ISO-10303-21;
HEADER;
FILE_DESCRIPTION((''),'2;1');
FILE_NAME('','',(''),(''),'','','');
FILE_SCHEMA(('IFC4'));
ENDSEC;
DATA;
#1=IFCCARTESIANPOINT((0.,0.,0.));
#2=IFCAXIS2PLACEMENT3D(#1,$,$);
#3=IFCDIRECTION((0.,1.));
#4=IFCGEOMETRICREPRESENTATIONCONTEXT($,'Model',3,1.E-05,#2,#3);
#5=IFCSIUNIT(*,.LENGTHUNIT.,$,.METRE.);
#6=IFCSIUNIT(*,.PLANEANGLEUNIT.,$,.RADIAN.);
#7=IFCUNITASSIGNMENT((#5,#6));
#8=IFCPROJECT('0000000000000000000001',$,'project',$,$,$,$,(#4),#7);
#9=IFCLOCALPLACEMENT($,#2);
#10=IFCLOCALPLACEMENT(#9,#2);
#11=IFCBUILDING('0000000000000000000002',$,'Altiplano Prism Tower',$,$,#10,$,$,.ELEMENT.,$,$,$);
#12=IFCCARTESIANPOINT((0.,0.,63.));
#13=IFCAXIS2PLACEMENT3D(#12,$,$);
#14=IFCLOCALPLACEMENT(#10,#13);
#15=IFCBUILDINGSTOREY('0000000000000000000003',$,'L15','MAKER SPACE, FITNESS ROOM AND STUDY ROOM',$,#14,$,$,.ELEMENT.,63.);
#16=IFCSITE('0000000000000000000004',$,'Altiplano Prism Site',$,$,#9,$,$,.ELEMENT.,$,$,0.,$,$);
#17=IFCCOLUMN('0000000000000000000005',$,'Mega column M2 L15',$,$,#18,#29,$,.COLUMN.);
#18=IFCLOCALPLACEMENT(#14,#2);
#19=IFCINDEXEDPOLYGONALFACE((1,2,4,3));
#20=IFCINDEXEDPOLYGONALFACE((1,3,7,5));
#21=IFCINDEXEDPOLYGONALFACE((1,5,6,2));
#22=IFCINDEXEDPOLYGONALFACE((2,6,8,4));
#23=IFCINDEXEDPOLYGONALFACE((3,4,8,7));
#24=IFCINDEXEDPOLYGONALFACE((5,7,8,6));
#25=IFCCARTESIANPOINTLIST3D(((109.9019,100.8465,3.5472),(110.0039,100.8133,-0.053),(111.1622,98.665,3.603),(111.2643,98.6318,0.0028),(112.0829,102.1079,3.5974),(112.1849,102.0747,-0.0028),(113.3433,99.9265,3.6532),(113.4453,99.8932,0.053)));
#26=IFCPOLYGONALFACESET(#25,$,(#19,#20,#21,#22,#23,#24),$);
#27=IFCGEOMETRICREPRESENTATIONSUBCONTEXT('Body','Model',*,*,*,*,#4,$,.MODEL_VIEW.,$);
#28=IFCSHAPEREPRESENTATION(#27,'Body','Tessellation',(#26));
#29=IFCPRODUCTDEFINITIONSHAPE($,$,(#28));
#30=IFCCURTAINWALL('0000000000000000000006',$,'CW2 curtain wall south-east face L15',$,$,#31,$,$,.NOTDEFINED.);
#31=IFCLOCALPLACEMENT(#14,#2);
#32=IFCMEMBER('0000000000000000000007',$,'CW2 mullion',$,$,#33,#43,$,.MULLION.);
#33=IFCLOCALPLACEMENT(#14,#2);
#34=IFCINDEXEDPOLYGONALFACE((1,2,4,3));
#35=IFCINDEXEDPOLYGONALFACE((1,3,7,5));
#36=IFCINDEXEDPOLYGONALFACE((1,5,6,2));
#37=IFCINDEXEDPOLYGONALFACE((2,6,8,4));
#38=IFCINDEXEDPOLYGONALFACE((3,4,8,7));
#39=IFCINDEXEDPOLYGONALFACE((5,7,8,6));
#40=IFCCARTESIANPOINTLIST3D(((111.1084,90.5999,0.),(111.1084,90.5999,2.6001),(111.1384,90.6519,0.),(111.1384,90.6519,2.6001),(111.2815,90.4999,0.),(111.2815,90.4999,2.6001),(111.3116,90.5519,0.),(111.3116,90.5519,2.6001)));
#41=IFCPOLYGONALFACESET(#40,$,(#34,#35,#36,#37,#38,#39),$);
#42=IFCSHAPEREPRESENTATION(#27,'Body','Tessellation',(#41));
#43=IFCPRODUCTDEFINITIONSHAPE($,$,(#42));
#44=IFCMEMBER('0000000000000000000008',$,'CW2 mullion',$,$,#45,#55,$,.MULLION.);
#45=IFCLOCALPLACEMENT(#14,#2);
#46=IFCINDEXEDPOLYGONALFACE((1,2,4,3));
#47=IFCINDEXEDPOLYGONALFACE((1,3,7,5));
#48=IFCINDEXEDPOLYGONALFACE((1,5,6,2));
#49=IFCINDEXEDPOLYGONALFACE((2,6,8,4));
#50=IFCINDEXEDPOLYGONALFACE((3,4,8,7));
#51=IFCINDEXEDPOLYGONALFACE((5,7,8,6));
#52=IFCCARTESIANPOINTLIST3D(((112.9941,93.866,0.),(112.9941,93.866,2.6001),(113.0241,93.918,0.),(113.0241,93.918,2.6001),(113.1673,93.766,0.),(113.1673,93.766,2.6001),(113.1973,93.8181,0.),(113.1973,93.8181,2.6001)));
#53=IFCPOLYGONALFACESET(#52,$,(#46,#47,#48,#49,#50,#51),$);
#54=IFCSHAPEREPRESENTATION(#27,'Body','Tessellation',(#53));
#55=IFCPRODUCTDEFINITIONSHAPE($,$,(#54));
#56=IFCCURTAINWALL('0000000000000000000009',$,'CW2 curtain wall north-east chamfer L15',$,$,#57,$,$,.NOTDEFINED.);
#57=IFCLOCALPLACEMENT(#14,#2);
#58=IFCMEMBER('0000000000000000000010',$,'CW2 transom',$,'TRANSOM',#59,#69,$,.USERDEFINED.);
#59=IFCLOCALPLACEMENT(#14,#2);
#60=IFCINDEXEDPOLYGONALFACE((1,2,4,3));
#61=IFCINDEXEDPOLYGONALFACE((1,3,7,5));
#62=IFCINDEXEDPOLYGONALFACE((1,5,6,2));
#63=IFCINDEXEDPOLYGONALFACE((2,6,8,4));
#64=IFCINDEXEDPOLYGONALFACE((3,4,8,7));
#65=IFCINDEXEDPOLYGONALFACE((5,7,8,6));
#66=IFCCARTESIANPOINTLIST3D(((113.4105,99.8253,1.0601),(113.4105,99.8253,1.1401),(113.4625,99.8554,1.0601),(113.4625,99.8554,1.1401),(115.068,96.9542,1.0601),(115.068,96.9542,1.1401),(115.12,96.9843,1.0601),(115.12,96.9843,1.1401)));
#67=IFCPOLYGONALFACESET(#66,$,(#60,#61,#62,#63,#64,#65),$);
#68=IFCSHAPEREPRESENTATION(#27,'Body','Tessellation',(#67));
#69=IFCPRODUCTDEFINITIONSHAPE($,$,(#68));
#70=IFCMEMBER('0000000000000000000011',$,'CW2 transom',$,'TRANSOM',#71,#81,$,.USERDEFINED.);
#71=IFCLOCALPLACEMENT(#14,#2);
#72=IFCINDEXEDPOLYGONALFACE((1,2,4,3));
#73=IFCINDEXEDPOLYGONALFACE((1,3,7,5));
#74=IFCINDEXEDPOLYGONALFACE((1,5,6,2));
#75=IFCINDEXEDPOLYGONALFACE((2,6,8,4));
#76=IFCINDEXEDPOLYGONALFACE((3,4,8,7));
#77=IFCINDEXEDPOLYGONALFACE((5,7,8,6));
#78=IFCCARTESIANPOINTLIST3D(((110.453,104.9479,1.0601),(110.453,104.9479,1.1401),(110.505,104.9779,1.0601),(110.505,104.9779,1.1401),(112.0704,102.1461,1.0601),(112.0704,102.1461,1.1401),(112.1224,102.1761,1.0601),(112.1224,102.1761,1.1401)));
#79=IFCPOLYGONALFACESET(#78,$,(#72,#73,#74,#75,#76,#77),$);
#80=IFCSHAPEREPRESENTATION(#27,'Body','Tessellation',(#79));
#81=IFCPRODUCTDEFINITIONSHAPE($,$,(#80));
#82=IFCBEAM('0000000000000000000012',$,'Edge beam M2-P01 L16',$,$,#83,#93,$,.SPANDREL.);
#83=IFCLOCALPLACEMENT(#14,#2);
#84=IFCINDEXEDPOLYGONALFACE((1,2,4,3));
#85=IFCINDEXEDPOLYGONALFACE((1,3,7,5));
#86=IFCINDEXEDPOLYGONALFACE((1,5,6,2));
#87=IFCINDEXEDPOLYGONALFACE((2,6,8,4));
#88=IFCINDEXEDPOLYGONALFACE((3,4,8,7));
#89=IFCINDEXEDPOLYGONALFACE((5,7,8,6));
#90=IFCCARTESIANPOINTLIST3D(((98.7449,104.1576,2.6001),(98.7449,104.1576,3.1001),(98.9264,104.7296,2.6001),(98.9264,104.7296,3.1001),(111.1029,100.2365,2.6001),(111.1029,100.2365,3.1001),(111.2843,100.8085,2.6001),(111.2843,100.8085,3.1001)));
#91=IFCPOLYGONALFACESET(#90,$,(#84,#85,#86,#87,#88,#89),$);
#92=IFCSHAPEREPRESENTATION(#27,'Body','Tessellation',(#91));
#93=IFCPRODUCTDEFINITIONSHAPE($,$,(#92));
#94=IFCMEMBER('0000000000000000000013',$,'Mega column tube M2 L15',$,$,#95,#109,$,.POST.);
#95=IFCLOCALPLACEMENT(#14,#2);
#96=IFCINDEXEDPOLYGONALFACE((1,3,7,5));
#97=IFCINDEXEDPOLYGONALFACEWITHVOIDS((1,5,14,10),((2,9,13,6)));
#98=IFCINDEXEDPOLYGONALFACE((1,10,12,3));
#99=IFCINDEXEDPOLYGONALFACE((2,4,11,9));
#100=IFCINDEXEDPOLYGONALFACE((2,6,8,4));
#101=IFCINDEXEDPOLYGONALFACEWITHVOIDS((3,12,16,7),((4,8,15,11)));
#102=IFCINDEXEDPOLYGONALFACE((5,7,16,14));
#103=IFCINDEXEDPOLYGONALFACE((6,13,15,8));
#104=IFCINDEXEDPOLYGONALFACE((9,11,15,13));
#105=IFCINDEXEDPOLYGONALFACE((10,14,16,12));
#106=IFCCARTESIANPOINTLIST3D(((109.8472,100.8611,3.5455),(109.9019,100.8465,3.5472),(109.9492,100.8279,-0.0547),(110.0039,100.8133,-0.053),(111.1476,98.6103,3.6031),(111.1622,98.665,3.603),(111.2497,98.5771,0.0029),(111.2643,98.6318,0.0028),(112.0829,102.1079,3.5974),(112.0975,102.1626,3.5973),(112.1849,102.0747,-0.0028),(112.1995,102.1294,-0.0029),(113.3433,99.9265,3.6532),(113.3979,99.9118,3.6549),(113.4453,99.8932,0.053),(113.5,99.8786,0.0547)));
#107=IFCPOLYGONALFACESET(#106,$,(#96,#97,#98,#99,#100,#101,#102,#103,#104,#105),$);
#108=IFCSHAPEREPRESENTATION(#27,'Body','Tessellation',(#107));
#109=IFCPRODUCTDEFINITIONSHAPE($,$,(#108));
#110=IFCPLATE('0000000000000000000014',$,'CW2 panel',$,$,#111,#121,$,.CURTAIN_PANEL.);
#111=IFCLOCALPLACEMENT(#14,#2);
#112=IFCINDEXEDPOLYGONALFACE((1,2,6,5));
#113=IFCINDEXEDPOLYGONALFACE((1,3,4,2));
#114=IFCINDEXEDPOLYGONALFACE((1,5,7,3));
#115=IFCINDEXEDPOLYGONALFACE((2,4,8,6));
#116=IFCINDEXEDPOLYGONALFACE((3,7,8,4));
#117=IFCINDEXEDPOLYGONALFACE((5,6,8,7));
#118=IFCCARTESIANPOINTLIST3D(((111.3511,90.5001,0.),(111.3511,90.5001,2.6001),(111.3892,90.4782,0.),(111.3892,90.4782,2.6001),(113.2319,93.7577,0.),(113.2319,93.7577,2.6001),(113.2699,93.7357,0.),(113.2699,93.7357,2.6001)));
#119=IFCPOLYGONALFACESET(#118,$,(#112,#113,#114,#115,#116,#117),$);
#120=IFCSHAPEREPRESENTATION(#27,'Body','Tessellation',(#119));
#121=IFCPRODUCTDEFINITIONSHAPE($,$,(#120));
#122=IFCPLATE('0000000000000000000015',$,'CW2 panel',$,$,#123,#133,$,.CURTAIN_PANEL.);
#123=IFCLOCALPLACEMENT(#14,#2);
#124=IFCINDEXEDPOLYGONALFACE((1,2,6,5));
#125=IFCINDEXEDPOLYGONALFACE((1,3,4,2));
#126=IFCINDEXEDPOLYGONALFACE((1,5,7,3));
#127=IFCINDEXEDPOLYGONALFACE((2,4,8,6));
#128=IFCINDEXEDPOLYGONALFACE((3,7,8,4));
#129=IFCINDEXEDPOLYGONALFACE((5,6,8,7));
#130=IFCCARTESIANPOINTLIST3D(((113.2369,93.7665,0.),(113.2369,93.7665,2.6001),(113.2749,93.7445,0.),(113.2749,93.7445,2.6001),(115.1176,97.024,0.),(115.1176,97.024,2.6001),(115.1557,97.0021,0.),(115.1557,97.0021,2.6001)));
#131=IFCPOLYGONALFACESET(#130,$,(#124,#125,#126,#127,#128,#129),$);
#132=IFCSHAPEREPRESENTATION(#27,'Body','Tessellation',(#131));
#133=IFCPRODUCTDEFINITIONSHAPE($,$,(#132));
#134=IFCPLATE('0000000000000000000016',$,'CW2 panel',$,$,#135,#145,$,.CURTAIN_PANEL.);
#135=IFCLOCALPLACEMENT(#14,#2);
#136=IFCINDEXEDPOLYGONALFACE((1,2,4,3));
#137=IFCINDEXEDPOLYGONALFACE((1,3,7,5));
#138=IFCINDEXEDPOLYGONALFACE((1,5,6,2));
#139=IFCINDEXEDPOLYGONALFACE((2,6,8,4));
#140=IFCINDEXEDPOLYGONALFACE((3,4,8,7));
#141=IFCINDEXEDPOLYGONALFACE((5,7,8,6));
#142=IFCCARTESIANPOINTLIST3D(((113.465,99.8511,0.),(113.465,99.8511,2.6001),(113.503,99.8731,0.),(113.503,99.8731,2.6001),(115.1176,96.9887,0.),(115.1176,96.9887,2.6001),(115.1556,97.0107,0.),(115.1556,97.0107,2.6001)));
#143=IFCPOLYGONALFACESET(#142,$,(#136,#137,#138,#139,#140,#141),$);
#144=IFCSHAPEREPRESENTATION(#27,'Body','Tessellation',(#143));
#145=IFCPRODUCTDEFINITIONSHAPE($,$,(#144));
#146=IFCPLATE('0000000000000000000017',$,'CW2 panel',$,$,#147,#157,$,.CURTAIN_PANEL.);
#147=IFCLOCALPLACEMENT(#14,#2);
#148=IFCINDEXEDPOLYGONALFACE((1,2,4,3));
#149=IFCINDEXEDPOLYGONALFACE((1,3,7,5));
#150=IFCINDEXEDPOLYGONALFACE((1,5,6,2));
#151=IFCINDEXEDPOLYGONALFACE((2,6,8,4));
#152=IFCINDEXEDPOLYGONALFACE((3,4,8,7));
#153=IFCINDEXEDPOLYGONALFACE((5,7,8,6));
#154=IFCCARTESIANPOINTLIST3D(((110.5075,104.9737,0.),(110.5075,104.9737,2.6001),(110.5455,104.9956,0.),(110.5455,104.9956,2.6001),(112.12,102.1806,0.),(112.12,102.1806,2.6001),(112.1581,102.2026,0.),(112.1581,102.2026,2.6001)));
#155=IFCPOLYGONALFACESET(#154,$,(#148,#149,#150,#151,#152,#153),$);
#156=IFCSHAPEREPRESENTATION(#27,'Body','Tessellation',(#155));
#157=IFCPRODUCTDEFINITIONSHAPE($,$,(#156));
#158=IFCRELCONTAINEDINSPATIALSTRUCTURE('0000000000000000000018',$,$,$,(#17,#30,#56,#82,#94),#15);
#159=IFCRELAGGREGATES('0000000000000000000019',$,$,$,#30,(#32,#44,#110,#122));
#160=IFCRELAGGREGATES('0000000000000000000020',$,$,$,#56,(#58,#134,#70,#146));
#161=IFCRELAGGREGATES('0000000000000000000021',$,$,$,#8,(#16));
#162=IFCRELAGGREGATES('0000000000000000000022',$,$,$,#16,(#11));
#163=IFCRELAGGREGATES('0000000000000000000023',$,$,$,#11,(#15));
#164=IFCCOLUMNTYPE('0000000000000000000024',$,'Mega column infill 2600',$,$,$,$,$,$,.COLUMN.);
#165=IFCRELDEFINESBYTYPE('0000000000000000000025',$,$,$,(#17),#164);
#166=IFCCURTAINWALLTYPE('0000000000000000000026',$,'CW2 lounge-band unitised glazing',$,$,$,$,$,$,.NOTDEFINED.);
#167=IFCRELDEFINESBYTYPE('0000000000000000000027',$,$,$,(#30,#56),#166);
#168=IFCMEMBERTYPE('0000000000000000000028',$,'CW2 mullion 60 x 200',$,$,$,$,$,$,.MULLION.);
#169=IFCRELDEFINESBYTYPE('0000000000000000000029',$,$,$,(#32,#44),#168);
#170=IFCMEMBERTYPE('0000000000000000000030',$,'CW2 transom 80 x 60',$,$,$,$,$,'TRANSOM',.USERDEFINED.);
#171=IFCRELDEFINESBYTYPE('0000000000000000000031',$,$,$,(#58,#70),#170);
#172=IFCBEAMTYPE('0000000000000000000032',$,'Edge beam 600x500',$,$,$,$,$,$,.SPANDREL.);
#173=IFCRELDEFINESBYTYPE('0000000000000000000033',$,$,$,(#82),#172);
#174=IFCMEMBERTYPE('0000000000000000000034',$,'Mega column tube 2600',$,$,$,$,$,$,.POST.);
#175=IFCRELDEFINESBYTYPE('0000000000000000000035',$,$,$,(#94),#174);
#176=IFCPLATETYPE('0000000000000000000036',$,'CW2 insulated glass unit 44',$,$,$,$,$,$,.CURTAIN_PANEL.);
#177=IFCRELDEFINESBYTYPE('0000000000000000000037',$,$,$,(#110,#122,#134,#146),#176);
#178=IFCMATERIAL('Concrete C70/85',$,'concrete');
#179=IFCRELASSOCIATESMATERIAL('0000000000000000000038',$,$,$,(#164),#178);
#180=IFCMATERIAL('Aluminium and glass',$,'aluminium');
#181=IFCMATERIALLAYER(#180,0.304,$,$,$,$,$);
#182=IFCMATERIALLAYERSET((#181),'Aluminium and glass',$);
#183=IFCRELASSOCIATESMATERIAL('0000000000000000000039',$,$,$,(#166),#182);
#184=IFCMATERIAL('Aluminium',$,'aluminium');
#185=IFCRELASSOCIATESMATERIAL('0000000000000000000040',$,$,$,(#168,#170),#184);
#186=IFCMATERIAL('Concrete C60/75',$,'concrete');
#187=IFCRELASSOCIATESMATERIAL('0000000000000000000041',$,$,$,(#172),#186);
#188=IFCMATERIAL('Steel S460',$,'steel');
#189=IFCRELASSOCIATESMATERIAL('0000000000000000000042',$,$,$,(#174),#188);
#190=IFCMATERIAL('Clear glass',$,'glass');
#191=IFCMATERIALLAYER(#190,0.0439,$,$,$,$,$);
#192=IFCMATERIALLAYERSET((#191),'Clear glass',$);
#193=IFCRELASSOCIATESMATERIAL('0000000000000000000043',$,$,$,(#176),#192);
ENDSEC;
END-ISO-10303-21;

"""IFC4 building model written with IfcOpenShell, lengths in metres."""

from ifc_helpers import new_model, si_unit, direction, frame, origin, origin_2d, place, context, subcontext, project, spatial, rectangle, hollow_rectangle, extrude, material, layer, layer_set, material_profile, profile_set, type_object, element, aggregate, save


model = new_model("IFC4")

# Units and contexts
model_context = context("Model", 3, precision=1e-05, world=origin(), true_north=direction((0.0, 1.0)))
body_context = subcontext(model_context, "Body", "Model", "MODEL_VIEW")
ifc_project = project(units=[si_unit("LENGTHUNIT", "METRE"), si_unit("PLANEANGLEUNIT", "RADIAN")], contexts=[model_context])

# Site, building, storey
site_placement = place(None, origin())
site = spatial("IfcSite", under=ifc_project, at=site_placement, Name="Altiplano Prism Site", CompositionType="ELEMENT", RefElevation=0.0)
building_placement = place(site_placement, origin())
building = spatial("IfcBuilding", under=site, at=building_placement, Name="Altiplano Prism Tower", CompositionType="ELEMENT")
storey_placement = place(building_placement, frame((0.0, 0.0, 63.0)))
storey = spatial("IfcBuildingStorey", under=building, at=storey_placement, Name="L15", Description="MAKER SPACE, FITNESS ROOM AND STUDY ROOM", CompositionType="ELEMENT", Elevation=63.0)

# Column
ifc_material_1 = material(Name="Concrete C70/85", Category="concrete")
ifc_material_profile_1 = material_profile(ifc_material_1, rectangle(XDim=2.52, YDim=2.52, at=origin_2d()), Name="Mega column infill 2600")
ifc_profile_set_1 = profile_set([ifc_material_profile_1], Name="Concrete C70/85")
column_type = type_object("IfcColumnType", Name="Mega column infill 2600", PredefinedType="COLUMN", material=ifc_profile_set_1)
column_placement = place(storey_placement, frame((111.7246, 100.3533, 0.0), z_axis=(-0.028334, 0.009219, 0.999556), x_axis=(0.500153, -0.865653, 0.022161)))
element("IfcColumn", 1, at=column_placement, inside=storey, type_object=column_type, Name="Mega column M2 L15", PredefinedType="COLUMN", context=body_context, shape_type="SweptSolid", body=[
    extrude(rectangle(XDim=2.52, YDim=2.52, at=origin_2d()), origin(), (0.0, 0.0, 1.0), 3.6018),
])

# Curtain walls, members
ifc_material_2 = material(Name="Aluminium and glass", Category="aluminium")
ifc_layer_1 = layer(ifc_material_2, 0.304)
ifc_layer_set_1 = layer_set([ifc_layer_1], Name="Aluminium and glass")
curtain_wall_type = type_object("IfcCurtainWallType", Name="CW2 lounge-band unitised glazing", PredefinedType="NOTDEFINED", material=ifc_layer_set_1)
curtain_wall_1_placement = place(storey_placement, origin())
curtain_wall_1 = element("IfcCurtainWall", 2, at=curtain_wall_1_placement, inside=storey, type_object=curtain_wall_type, Name="CW2 curtain wall south-east face L15", PredefinedType="NOTDEFINED")
ifc_material_3 = material(Name="Aluminium", Category="aluminium")
ifc_material_profile_2 = material_profile(ifc_material_3, rectangle(XDim=0.2, YDim=0.0601, at=origin_2d()), Name="CW2 mullion 60 x 200")
ifc_profile_set_2 = profile_set([ifc_material_profile_2], Name="Aluminium")
member_type_1 = type_object("IfcMemberType", Name="CW2 mullion 60 x 200", PredefinedType="MULLION", material=ifc_profile_set_2)
member_1_placement = place(storey_placement, frame((111.21, 90.5759, 0.0), z_axis=(0.0, 0.0, 1.0), x_axis=(-0.866025, 0.5, 0.0)))
member_1 = element("IfcMember", 3, at=member_1_placement, type_object=member_type_1, Name="CW2 mullion", PredefinedType="MULLION", context=body_context, shape_type="SweptSolid", body=[
    extrude(rectangle(XDim=0.2, YDim=0.0601, at=origin_2d()), origin(), (0.0, 0.0, 1.0), 2.6001),
])
member_2_placement = place(storey_placement, frame((113.0957, 93.842, 0.0), z_axis=(0.0, 0.0, 1.0), x_axis=(-0.866025, 0.5, 0.0)))
member_2 = element("IfcMember", 4, at=member_2_placement, type_object=member_type_1, Name="CW2 mullion", PredefinedType="MULLION", context=body_context, shape_type="SweptSolid", body=[
    extrude(rectangle(XDim=0.2, YDim=0.0601, at=origin_2d()), origin(), (0.0, 0.0, 1.0), 2.6001),
])
curtain_wall_2_placement = place(storey_placement, origin())
curtain_wall_2 = element("IfcCurtainWall", 5, at=curtain_wall_2_placement, inside=storey, type_object=curtain_wall_type, Name="CW2 curtain wall north-east chamfer L15", PredefinedType="NOTDEFINED")
ifc_material_profile_3 = material_profile(ifc_material_3, rectangle(XDim=0.0601, YDim=0.0801, at=origin_2d()), Name="CW2 transom 80 x 60")
ifc_profile_set_3 = profile_set([ifc_material_profile_3], Name="Aluminium")
member_type_2 = type_object("IfcMemberType", Name="CW2 transom 80 x 60", ElementType="TRANSOM", PredefinedType="USERDEFINED", material=ifc_profile_set_3)
member_3_placement = place(storey_placement, frame((115.094, 96.9692, 1.1001), z_axis=(-0.499965, 0.866046, 0.0), x_axis=(-0.866046, -0.499965, 0.0)))
member_3 = element("IfcMember", 6, at=member_3_placement, type_object=member_type_2, Name="CW2 transom", ObjectType="TRANSOM", PredefinedType="USERDEFINED", context=body_context, shape_type="SweptSolid", body=[
    extrude(rectangle(XDim=0.0601, YDim=0.0801, at=origin_2d()), origin(), (0.0, 0.0, 1.0), 3.3152),
])
member_4_placement = place(storey_placement, frame((112.0964, 102.1611, 1.1001), z_axis=(-0.499962, 0.866047, 0.0), x_axis=(-0.866047, -0.499962, 0.0)))
member_4 = element("IfcMember", 7, at=member_4_placement, type_object=member_type_2, Name="CW2 transom", ObjectType="TRANSOM", PredefinedType="USERDEFINED", context=body_context, shape_type="SweptSolid", body=[
    extrude(rectangle(XDim=0.0601, YDim=0.0801, at=origin_2d()), origin(), (0.0, 0.0, 1.0), 3.2351),
])

# Beam
ifc_material_4 = material(Name="Concrete C60/75", Category="concrete")
ifc_material_profile_4 = material_profile(ifc_material_4, rectangle(XDim=0.6001, YDim=0.5, at=origin_2d()), Name="Edge beam 600x500")
ifc_profile_set_4 = profile_set([ifc_material_profile_4], Name="Concrete C60/75")
beam_type = type_object("IfcBeamType", Name="Edge beam 600x500", PredefinedType="SPANDREL", material=ifc_profile_set_4)
beam_placement = place(storey_placement, frame((111.1936, 100.5225, 2.8501), z_axis=(-0.953169, 0.302439, 0.0), x_axis=(-0.302439, -0.953169, 0.0)))
element("IfcBeam", 8, at=beam_placement, inside=storey, type_object=beam_type, Name="Edge beam M2-P01 L16", PredefinedType="SPANDREL", context=body_context, shape_type="SweptSolid", body=[
    extrude(rectangle(XDim=0.6001, YDim=0.5, at=origin_2d()), origin(), (0.0, 0.0, 1.0), 12.9651),
])

# Member
ifc_material_5 = material(Name="Steel S460", Category="steel")
ifc_material_profile_5 = material_profile(ifc_material_5, hollow_rectangle(XDim=2.6001, YDim=2.6001, WallThickness=0.04, at=origin_2d()), Name="Mega column tube 2600")
ifc_profile_set_5 = profile_set([ifc_material_profile_5], Name="Steel S460")
member_type_3 = type_object("IfcMemberType", Name="Mega column tube 2600", PredefinedType="POST", material=ifc_profile_set_5)
member_5_placement = place(storey_placement, frame((111.7246, 100.3533, 0.0), z_axis=(-0.028334, 0.009219, 0.999556), x_axis=(0.500153, -0.865653, 0.022161)))
element("IfcMember", 9, at=member_5_placement, inside=storey, type_object=member_type_3, Name="Mega column tube M2 L15", PredefinedType="POST", context=body_context, shape_type="SweptSolid", body=[
    extrude(hollow_rectangle(XDim=2.6001, YDim=2.6001, WallThickness=0.04, at=origin_2d()), origin(), (0.0, 0.0, 1.0), 3.6018),
])

# Plates
ifc_material_6 = material(Name="Clear glass", Category="glass")
ifc_layer_2 = layer(ifc_material_6, 0.0439)
ifc_layer_set_2 = layer_set([ifc_layer_2], Name="Clear glass")
plate_type = type_object("IfcPlateType", Name="CW2 insulated glass unit 44", PredefinedType="CURTAIN_PANEL", material=ifc_layer_set_2)
plate_1_placement = place(storey_placement, frame((112.3105, 92.1179, 0.0), z_axis=(0.0, 0.0, 1.0), x_axis=(0.5, 0.866025, 0.0)))
plate_1 = element("IfcPlate", 10, at=plate_1_placement, type_object=plate_type, Name="CW2 panel", PredefinedType="CURTAIN_PANEL", context=body_context, shape_type="SweptSolid", body=[
    extrude(rectangle(XDim=3.7615, YDim=0.0439, at=origin_2d()), origin(), (0.0, 0.0, 1.0), 2.6001),
])
plate_2_placement = place(storey_placement, frame((114.1963, 95.3843, 0.0), z_axis=(0.0, 0.0, 1.0), x_axis=(0.5, 0.866025, 0.0)))
plate_2 = element("IfcPlate", 11, at=plate_2_placement, type_object=plate_type, Name="CW2 panel", PredefinedType="CURTAIN_PANEL", context=body_context, shape_type="SweptSolid", body=[
    extrude(rectangle(XDim=3.7615, YDim=0.0439, at=origin_2d()), origin(), (0.0, 0.0, 1.0), 2.6001),
])
aggregate(curtain_wall_1, [member_1, member_2, plate_1, plate_2])
plate_3_placement = place(storey_placement, frame((114.3103, 98.4309, 0.0), z_axis=(0.0, 0.0, 1.0), x_axis=(-0.5, 0.866025, 0.0)))
plate_3 = element("IfcPlate", 12, at=plate_3_placement, type_object=plate_type, Name="CW2 panel", PredefinedType="CURTAIN_PANEL", context=body_context, shape_type="SweptSolid", body=[
    extrude(rectangle(XDim=3.3052, YDim=0.0439, at=origin_2d()), origin(), (0.0, 0.0, 1.0), 2.6001),
])
plate_4_placement = place(storey_placement, frame((111.3328, 103.5881, 0.0), z_axis=(0.0, 0.0, 1.0), x_axis=(-0.5, 0.866025, 0.0)))
plate_4 = element("IfcPlate", 13, at=plate_4_placement, type_object=plate_type, Name="CW2 panel", PredefinedType="CURTAIN_PANEL", context=body_context, shape_type="SweptSolid", body=[
    extrude(rectangle(XDim=3.2251, YDim=0.0439, at=origin_2d()), origin(), (0.0, 0.0, 1.0), 2.6001),
])
aggregate(curtain_wall_2, [member_3, plate_3, member_4, plate_4])

save(model, "model.ifc")
